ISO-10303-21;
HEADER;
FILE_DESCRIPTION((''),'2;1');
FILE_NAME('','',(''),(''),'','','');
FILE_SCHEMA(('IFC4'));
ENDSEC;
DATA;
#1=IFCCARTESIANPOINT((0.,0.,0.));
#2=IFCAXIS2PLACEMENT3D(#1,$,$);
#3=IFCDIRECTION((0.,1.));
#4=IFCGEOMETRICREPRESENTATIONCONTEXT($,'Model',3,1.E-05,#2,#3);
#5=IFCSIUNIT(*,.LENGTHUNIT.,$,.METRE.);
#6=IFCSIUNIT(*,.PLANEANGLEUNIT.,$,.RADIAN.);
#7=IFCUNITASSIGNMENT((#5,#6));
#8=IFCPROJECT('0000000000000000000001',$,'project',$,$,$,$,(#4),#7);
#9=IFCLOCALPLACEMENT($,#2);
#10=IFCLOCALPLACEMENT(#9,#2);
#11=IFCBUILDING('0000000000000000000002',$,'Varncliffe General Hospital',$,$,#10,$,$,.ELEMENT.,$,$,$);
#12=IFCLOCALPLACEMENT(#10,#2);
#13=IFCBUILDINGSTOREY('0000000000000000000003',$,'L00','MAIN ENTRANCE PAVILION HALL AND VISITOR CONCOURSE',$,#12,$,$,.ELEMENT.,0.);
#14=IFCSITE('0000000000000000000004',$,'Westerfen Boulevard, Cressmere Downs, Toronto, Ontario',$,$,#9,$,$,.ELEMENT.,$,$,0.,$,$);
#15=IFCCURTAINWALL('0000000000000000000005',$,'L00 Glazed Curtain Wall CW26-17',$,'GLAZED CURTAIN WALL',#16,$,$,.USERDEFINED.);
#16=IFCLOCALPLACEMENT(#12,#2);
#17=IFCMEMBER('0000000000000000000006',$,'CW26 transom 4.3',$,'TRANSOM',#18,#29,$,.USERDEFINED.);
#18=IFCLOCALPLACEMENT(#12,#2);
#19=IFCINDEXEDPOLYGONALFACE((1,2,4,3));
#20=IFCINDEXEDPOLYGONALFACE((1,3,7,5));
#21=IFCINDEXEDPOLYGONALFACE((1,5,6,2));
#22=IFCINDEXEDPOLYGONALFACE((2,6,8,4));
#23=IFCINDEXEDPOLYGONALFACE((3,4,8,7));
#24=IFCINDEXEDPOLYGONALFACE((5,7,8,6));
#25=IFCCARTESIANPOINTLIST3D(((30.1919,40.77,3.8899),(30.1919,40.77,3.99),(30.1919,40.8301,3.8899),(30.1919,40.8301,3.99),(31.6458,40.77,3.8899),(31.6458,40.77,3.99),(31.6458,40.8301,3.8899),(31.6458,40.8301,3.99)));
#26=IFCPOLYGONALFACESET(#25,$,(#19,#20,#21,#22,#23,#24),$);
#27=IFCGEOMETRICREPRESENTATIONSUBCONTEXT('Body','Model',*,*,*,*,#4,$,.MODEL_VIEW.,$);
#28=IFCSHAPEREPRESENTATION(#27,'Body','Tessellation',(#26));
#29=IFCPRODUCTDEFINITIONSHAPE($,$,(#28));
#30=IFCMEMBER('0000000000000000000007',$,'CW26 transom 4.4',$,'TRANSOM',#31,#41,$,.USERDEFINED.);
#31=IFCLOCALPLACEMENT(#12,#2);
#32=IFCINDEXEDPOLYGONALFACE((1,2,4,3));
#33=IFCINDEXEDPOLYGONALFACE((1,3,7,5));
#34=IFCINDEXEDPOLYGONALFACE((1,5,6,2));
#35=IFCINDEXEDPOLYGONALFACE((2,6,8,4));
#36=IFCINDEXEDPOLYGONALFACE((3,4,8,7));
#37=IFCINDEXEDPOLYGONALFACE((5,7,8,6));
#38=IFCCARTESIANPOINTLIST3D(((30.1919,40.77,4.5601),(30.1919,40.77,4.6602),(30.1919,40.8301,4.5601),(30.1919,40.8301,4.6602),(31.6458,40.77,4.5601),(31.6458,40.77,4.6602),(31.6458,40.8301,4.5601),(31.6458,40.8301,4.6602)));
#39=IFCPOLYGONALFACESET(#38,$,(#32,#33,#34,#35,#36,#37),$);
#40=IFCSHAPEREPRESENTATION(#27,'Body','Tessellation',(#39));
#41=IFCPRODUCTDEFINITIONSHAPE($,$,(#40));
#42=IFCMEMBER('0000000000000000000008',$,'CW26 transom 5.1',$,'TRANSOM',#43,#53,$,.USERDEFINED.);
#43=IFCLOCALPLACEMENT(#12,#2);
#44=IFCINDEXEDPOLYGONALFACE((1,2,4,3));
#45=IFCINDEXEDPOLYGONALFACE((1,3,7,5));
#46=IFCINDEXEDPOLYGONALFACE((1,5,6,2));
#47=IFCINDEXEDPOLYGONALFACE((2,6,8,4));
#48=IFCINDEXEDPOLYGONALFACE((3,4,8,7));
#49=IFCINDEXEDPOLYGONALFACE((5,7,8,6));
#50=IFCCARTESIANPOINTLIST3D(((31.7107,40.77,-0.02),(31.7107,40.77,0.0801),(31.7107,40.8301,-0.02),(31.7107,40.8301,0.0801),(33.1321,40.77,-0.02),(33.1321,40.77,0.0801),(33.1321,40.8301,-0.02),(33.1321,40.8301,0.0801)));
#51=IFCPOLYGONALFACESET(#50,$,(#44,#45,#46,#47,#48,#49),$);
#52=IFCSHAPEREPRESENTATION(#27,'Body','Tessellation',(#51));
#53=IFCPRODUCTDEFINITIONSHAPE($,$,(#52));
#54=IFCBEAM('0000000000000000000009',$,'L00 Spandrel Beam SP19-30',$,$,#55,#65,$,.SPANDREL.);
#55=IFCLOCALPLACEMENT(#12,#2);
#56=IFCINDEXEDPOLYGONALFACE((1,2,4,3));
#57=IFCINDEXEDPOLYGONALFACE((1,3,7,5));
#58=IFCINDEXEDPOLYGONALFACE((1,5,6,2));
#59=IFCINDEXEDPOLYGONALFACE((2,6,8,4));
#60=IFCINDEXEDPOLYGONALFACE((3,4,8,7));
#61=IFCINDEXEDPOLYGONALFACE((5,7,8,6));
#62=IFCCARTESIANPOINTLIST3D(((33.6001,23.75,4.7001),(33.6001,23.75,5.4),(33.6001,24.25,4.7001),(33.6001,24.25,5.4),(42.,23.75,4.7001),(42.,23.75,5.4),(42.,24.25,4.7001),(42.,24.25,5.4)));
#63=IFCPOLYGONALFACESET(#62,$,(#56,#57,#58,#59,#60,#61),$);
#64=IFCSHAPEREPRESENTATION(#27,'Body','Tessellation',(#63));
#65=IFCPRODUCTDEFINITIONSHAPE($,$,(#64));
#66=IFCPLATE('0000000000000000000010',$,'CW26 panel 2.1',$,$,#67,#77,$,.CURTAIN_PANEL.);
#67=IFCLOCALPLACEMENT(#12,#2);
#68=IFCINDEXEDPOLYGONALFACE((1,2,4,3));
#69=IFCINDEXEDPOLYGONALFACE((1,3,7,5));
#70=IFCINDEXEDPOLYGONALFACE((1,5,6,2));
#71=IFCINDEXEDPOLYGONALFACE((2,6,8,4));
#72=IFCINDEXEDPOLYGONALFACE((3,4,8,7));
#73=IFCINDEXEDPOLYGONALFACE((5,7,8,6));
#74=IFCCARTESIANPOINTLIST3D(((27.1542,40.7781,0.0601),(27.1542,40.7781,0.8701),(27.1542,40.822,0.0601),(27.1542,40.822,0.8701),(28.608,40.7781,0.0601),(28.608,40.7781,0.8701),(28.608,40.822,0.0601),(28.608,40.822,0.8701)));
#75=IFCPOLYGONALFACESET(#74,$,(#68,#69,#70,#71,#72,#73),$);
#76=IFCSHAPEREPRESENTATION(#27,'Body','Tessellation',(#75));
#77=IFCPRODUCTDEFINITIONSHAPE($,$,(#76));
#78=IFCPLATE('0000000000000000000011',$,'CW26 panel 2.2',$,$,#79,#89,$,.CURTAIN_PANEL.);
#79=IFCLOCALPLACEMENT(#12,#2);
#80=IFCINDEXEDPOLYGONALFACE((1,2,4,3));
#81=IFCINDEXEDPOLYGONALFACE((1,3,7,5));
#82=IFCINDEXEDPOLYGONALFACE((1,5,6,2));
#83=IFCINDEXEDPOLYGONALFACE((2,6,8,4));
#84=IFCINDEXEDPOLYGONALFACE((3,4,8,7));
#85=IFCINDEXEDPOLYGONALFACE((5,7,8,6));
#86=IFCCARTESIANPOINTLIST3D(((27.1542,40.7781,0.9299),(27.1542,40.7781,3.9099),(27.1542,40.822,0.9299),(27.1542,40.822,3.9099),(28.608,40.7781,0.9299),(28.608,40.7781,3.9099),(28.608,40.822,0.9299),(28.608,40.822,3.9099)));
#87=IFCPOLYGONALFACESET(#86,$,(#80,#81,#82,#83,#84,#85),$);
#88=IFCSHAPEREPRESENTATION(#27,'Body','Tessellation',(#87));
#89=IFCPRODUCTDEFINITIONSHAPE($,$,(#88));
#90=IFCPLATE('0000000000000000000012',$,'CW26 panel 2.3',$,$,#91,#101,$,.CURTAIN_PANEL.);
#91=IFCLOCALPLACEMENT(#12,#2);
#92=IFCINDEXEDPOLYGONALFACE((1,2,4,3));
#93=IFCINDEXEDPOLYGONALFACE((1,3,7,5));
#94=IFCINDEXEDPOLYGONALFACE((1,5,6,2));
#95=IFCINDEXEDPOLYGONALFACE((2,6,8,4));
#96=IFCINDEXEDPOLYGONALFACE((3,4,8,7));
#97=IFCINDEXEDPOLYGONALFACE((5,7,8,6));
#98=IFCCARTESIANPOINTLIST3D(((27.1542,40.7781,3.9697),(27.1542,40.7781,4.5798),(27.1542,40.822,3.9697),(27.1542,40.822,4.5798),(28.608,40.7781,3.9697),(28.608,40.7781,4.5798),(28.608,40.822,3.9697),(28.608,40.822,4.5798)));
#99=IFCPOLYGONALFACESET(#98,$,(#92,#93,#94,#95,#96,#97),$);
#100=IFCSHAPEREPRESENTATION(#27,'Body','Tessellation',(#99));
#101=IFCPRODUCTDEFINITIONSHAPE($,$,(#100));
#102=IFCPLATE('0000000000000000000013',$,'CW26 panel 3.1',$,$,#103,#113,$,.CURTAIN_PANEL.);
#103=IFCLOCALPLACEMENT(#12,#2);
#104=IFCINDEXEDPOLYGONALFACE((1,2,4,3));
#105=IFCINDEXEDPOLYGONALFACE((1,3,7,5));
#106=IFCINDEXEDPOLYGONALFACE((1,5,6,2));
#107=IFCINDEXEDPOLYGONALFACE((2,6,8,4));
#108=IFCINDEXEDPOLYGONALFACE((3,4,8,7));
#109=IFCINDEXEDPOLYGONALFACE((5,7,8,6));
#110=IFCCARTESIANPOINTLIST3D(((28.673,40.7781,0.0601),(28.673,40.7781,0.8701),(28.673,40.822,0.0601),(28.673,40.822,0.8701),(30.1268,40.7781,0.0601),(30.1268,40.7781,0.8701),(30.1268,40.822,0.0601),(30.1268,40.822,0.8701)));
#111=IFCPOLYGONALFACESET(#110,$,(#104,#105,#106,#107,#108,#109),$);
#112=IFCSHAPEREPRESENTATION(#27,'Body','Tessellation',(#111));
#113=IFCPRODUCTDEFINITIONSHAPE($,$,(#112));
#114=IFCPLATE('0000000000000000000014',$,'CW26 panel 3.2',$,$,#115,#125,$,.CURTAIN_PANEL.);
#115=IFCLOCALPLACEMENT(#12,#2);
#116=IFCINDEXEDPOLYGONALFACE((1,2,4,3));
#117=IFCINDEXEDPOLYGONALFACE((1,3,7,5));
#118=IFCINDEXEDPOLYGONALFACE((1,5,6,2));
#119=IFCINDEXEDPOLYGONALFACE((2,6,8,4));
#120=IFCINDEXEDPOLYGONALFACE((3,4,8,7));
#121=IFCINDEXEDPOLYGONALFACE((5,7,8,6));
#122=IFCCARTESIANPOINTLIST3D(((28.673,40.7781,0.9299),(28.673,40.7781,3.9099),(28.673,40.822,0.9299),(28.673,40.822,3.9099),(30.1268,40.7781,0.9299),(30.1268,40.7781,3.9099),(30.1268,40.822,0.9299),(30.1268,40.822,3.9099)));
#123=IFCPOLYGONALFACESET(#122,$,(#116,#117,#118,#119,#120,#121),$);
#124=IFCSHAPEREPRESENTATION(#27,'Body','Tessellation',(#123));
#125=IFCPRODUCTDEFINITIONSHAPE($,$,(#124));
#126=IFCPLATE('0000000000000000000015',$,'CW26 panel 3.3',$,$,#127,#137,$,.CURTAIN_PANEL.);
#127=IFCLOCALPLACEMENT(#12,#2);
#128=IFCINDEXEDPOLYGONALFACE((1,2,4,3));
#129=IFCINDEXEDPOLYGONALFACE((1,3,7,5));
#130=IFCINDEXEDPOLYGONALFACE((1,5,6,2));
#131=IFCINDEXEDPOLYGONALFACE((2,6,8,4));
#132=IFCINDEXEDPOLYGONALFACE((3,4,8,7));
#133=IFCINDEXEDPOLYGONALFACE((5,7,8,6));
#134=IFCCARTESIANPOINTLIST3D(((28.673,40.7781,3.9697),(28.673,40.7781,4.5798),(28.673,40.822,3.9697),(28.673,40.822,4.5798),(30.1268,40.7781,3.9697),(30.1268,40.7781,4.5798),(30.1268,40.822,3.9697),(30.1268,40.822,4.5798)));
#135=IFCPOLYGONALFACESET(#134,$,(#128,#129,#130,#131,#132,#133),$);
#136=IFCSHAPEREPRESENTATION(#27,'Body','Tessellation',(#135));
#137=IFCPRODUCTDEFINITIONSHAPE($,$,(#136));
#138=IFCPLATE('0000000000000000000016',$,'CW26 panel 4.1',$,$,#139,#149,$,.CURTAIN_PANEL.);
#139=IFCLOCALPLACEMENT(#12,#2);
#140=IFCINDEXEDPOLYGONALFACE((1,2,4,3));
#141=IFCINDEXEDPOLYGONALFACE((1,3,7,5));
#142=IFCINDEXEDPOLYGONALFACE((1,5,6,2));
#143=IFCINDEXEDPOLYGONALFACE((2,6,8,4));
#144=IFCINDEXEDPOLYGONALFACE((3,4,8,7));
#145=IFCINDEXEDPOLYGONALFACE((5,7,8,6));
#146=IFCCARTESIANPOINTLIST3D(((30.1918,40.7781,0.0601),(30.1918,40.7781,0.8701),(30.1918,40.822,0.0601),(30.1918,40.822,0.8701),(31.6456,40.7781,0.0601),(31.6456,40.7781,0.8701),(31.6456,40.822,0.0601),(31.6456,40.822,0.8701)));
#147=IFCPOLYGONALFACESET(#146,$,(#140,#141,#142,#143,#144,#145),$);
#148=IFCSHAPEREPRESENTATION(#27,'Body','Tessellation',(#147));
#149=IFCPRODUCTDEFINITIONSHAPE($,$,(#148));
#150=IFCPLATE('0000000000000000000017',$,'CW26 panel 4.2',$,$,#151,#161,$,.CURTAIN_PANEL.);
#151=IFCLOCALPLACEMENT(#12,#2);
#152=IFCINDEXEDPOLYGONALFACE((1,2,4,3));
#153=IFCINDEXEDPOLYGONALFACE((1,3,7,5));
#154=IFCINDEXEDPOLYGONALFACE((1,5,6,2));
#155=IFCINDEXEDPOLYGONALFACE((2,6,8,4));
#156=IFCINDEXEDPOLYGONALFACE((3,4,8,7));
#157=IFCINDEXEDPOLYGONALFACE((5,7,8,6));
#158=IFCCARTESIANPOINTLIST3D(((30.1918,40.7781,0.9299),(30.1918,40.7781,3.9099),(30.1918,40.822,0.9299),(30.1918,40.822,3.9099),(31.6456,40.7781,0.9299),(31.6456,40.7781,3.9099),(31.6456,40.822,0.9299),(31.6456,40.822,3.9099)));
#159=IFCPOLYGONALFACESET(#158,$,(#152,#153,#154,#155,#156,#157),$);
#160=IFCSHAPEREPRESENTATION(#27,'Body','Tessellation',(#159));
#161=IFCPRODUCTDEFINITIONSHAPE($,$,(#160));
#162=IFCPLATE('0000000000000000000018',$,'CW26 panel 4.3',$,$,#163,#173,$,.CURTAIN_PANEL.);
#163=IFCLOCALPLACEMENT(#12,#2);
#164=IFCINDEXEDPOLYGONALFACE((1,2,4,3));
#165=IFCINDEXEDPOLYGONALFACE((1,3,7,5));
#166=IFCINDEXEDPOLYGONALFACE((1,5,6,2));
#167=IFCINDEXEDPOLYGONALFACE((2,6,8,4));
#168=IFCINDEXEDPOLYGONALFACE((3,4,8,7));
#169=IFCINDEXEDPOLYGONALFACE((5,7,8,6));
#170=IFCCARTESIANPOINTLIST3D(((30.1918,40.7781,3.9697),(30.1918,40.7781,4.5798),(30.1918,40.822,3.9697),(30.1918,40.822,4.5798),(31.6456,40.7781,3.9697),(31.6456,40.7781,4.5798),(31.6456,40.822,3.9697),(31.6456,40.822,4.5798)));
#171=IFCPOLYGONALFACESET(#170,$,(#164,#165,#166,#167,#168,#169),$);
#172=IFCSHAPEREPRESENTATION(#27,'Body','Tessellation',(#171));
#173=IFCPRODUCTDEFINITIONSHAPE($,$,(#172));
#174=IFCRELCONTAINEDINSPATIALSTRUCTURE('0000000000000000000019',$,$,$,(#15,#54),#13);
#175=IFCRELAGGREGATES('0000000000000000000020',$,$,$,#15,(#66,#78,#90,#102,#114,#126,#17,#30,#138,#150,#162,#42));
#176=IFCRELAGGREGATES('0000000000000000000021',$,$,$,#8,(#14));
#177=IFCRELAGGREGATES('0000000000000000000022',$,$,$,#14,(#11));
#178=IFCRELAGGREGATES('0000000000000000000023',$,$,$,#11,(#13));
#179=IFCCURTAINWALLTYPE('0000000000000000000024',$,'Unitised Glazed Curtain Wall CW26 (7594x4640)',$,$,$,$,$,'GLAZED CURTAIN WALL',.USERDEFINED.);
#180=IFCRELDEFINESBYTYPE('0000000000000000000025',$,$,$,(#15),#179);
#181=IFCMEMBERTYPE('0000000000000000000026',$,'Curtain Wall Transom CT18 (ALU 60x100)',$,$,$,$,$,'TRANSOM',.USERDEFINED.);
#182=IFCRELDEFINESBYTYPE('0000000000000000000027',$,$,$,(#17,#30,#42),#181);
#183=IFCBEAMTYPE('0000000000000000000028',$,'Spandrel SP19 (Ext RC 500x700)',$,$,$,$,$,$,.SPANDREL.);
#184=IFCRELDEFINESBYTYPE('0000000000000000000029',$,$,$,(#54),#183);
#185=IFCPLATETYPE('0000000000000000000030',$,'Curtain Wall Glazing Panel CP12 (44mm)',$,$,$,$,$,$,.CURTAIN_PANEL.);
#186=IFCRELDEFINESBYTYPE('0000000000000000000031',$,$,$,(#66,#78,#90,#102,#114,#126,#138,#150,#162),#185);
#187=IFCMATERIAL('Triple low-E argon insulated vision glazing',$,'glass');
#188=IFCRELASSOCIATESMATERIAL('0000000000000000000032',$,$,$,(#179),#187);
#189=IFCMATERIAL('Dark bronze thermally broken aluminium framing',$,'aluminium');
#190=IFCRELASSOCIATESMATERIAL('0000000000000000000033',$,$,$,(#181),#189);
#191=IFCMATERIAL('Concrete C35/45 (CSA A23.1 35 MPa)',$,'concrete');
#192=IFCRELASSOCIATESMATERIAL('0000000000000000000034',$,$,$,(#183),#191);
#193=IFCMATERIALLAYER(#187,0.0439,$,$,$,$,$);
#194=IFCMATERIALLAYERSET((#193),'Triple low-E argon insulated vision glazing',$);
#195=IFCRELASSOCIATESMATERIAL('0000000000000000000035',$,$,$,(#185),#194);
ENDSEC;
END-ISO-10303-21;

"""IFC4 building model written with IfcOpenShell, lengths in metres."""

from ifc_helpers import new_model, si_unit, direction, frame, origin, origin_2d, place, context, subcontext, project, spatial, rectangle, extrude, material, layer, layer_set, material_profile, profile_set, type_object, element, aggregate, save


model = new_model("IFC4")

# Units and contexts
model_context = context("Model", 3, precision=1e-05, world=origin(), true_north=direction((0.0, 1.0)))
body_context = subcontext(model_context, "Body", "Model", "MODEL_VIEW")
ifc_project = project(units=[si_unit("LENGTHUNIT", "METRE"), si_unit("PLANEANGLEUNIT", "RADIAN")], contexts=[model_context])

# Site, building, storey
site_placement = place(None, origin())
site = spatial("IfcSite", under=ifc_project, at=site_placement, Name="Westerfen Boulevard, Cressmere Downs, Toronto, Ontario", CompositionType="ELEMENT", RefElevation=0.0)
building_placement = place(site_placement, origin())
building = spatial("IfcBuilding", under=site, at=building_placement, Name="Varncliffe General Hospital", CompositionType="ELEMENT")
storey_placement = place(building_placement, origin())
storey = spatial("IfcBuildingStorey", under=building, at=storey_placement, Name="L00", Description="MAIN ENTRANCE PAVILION HALL AND VISITOR CONCOURSE", CompositionType="ELEMENT", Elevation=0.0)

# Shared definitions
ifc_material_1 = material(Name="Concrete C35/45 (CSA A23.1 35 MPa)", Category="concrete")

# Curtain wall, members
ifc_material_2 = material(Name="Triple low-E argon insulated vision glazing", Category="glass")
curtain_wall_type = type_object("IfcCurtainWallType", Name="Unitised Glazed Curtain Wall CW26 (7594x4640)", ElementType="GLAZED CURTAIN WALL", PredefinedType="USERDEFINED", material=ifc_material_2)
curtain_wall_placement = place(storey_placement, origin())
curtain_wall = element("IfcCurtainWall", 1, at=curtain_wall_placement, inside=storey, type_object=curtain_wall_type, Name="L00 Glazed Curtain Wall CW26-17", ObjectType="GLAZED CURTAIN WALL", PredefinedType="USERDEFINED")
ifc_material_3 = material(Name="Dark bronze thermally broken aluminium framing", Category="aluminium")
ifc_material_profile_1 = material_profile(ifc_material_3, rectangle(XDim=0.0601, YDim=0.1001, at=origin_2d()), Name="ALU 60x100")
ifc_profile_set_1 = profile_set([ifc_material_profile_1], Name="Dark bronze thermally broken aluminium framing")
member_type_1 = type_object("IfcMemberType", Name="Curtain Wall Transom CT18 (ALU 60x100)", ElementType="TRANSOM", PredefinedType="USERDEFINED", material=ifc_profile_set_1)
member_1_placement = place(storey_placement, frame((30.1919, 40.8, 3.9399), z_axis=(1.0, 0.0, 0.0), x_axis=(0.0, 1.0, 0.0)))
member_1 = element("IfcMember", 2, at=member_1_placement, type_object=member_type_1, Name="CW26 transom 4.3", ObjectType="TRANSOM", PredefinedType="USERDEFINED", context=body_context, shape_type="SweptSolid", body=[
    extrude(rectangle(XDim=0.0601, YDim=0.1001, at=origin_2d()), origin(), (0.0, 0.0, 1.0), 1.4539),
])
member_2_placement = place(storey_placement, frame((30.1919, 40.8, 4.6101), z_axis=(1.0, 0.0, 0.0), x_axis=(0.0, 1.0, 0.0)))
member_2 = element("IfcMember", 3, at=member_2_placement, type_object=member_type_1, Name="CW26 transom 4.4", ObjectType="TRANSOM", PredefinedType="USERDEFINED", context=body_context, shape_type="SweptSolid", body=[
    extrude(rectangle(XDim=0.0601, YDim=0.1001, at=origin_2d()), origin(), (0.0, 0.0, 1.0), 1.4539),
])
member_3_placement = place(storey_placement, frame((31.7107, 40.8, 0.03), z_axis=(1.0, 0.0, 0.0), x_axis=(0.0, 1.0, 0.0)))
member_3 = element("IfcMember", 4, at=member_3_placement, type_object=member_type_1, Name="CW26 transom 5.1", ObjectType="TRANSOM", PredefinedType="USERDEFINED", context=body_context, shape_type="SweptSolid", body=[
    extrude(rectangle(XDim=0.0601, YDim=0.1001, at=origin_2d()), origin(), (0.0, 0.0, 1.0), 1.4214),
])

# Beam
ifc_material_profile_2 = material_profile(ifc_material_1, rectangle(XDim=0.5, YDim=0.7, at=origin_2d()), Name="RC 500x700")
ifc_profile_set_2 = profile_set([ifc_material_profile_2], Name="Concrete C35/45 (CSA A23.1 35 MPa)")
beam_type_1 = type_object("IfcBeamType", Name="Spandrel SP19 (Ext RC 500x700)", PredefinedType="SPANDREL", material=ifc_profile_set_2)
beam_1_placement = place(storey_placement, frame((33.6001, 24.0, 5.05), z_axis=(1.0, 0.0, 0.0), x_axis=(0.0, 1.0, 0.0)))
element("IfcBeam", 5, at=beam_1_placement, inside=storey, type_object=beam_type_1, Name="L00 Spandrel Beam SP19-30", PredefinedType="SPANDREL", context=body_context, shape_type="SweptSolid", body=[
    extrude(rectangle(XDim=0.5, YDim=0.7, at=origin_2d()), origin(), (0.0, 0.0, 1.0), 8.3999),
])

# Plates
ifc_layer_1 = layer(ifc_material_2, 0.0439)
ifc_layer_set_1 = layer_set([ifc_layer_1], Name="Triple low-E argon insulated vision glazing")
plate_type = type_object("IfcPlateType", Name="Curtain Wall Glazing Panel CP12 (44mm)", PredefinedType="CURTAIN_PANEL", material=ifc_layer_set_1)
plate_1_placement = place(storey_placement, frame((27.8811, 40.8, 0.0601), z_axis=(0.0, 0.0, 1.0), x_axis=(1.0, 0.0, 0.0)))
plate_1 = element("IfcPlate", 6, at=plate_1_placement, type_object=plate_type, Name="CW26 panel 2.1", PredefinedType="CURTAIN_PANEL", context=body_context, shape_type="SweptSolid", body=[
    extrude(rectangle(XDim=1.4539, YDim=0.0439, at=origin_2d()), origin(), (0.0, 0.0, 1.0), 0.8101),
])
plate_2_placement = place(storey_placement, frame((27.8811, 40.8, 0.9299), z_axis=(0.0, 0.0, 1.0), x_axis=(1.0, 0.0, 0.0)))
plate_2 = element("IfcPlate", 7, at=plate_2_placement, type_object=plate_type, Name="CW26 panel 2.2", PredefinedType="CURTAIN_PANEL", context=body_context, shape_type="SweptSolid", body=[
    extrude(rectangle(XDim=1.4539, YDim=0.0439, at=origin_2d()), origin(), (0.0, 0.0, 1.0), 2.98),
])
plate_3_placement = place(storey_placement, frame((27.8811, 40.8, 3.9697), z_axis=(0.0, 0.0, 1.0), x_axis=(1.0, 0.0, 0.0)))
plate_3 = element("IfcPlate", 8, at=plate_3_placement, type_object=plate_type, Name="CW26 panel 2.3", PredefinedType="CURTAIN_PANEL", context=body_context, shape_type="SweptSolid", body=[
    extrude(rectangle(XDim=1.4539, YDim=0.0439, at=origin_2d()), origin(), (0.0, 0.0, 1.0), 0.6101),
])
plate_4_placement = place(storey_placement, frame((29.3999, 40.8, 0.0601), z_axis=(0.0, 0.0, 1.0), x_axis=(1.0, 0.0, 0.0)))
plate_4 = element("IfcPlate", 9, at=plate_4_placement, type_object=plate_type, Name="CW26 panel 3.1", PredefinedType="CURTAIN_PANEL", context=body_context, shape_type="SweptSolid", body=[
    extrude(rectangle(XDim=1.4539, YDim=0.0439, at=origin_2d()), origin(), (0.0, 0.0, 1.0), 0.8101),
])
plate_5_placement = place(storey_placement, frame((29.3999, 40.8, 0.9299), z_axis=(0.0, 0.0, 1.0), x_axis=(1.0, 0.0, 0.0)))
plate_5 = element("IfcPlate", 10, at=plate_5_placement, type_object=plate_type, Name="CW26 panel 3.2", PredefinedType="CURTAIN_PANEL", context=body_context, shape_type="SweptSolid", body=[
    extrude(rectangle(XDim=1.4539, YDim=0.0439, at=origin_2d()), origin(), (0.0, 0.0, 1.0), 2.98),
])
plate_6_placement = place(storey_placement, frame((29.3999, 40.8, 3.9697), z_axis=(0.0, 0.0, 1.0), x_axis=(1.0, 0.0, 0.0)))
plate_6 = element("IfcPlate", 11, at=plate_6_placement, type_object=plate_type, Name="CW26 panel 3.3", PredefinedType="CURTAIN_PANEL", context=body_context, shape_type="SweptSolid", body=[
    extrude(rectangle(XDim=1.4539, YDim=0.0439, at=origin_2d()), origin(), (0.0, 0.0, 1.0), 0.6101),
])
plate_7_placement = place(storey_placement, frame((30.9187, 40.8, 0.0601), z_axis=(0.0, 0.0, 1.0), x_axis=(1.0, 0.0, 0.0)))
plate_7 = element("IfcPlate", 12, at=plate_7_placement, type_object=plate_type, Name="CW26 panel 4.1", PredefinedType="CURTAIN_PANEL", context=body_context, shape_type="SweptSolid", body=[
    extrude(rectangle(XDim=1.4539, YDim=0.0439, at=origin_2d()), origin(), (0.0, 0.0, 1.0), 0.8101),
])
plate_8_placement = place(storey_placement, frame((30.9187, 40.8, 0.9299), z_axis=(0.0, 0.0, 1.0), x_axis=(1.0, 0.0, 0.0)))
plate_8 = element("IfcPlate", 13, at=plate_8_placement, type_object=plate_type, Name="CW26 panel 4.2", PredefinedType="CURTAIN_PANEL", context=body_context, shape_type="SweptSolid", body=[
    extrude(rectangle(XDim=1.4539, YDim=0.0439, at=origin_2d()), origin(), (0.0, 0.0, 1.0), 2.98),
])
plate_9_placement = place(storey_placement, frame((30.9187, 40.8, 3.9697), z_axis=(0.0, 0.0, 1.0), x_axis=(1.0, 0.0, 0.0)))
plate_9 = element("IfcPlate", 14, at=plate_9_placement, type_object=plate_type, Name="CW26 panel 4.3", PredefinedType="CURTAIN_PANEL", context=body_context, shape_type="SweptSolid", body=[
    extrude(rectangle(XDim=1.4539, YDim=0.0439, at=origin_2d()), origin(), (0.0, 0.0, 1.0), 0.6101),
])
aggregate(curtain_wall, [plate_1, plate_2, plate_3, plate_4, plate_5, plate_6, member_1, member_2, plate_7, plate_8, plate_9, member_3])

save(model, "model.ifc")
